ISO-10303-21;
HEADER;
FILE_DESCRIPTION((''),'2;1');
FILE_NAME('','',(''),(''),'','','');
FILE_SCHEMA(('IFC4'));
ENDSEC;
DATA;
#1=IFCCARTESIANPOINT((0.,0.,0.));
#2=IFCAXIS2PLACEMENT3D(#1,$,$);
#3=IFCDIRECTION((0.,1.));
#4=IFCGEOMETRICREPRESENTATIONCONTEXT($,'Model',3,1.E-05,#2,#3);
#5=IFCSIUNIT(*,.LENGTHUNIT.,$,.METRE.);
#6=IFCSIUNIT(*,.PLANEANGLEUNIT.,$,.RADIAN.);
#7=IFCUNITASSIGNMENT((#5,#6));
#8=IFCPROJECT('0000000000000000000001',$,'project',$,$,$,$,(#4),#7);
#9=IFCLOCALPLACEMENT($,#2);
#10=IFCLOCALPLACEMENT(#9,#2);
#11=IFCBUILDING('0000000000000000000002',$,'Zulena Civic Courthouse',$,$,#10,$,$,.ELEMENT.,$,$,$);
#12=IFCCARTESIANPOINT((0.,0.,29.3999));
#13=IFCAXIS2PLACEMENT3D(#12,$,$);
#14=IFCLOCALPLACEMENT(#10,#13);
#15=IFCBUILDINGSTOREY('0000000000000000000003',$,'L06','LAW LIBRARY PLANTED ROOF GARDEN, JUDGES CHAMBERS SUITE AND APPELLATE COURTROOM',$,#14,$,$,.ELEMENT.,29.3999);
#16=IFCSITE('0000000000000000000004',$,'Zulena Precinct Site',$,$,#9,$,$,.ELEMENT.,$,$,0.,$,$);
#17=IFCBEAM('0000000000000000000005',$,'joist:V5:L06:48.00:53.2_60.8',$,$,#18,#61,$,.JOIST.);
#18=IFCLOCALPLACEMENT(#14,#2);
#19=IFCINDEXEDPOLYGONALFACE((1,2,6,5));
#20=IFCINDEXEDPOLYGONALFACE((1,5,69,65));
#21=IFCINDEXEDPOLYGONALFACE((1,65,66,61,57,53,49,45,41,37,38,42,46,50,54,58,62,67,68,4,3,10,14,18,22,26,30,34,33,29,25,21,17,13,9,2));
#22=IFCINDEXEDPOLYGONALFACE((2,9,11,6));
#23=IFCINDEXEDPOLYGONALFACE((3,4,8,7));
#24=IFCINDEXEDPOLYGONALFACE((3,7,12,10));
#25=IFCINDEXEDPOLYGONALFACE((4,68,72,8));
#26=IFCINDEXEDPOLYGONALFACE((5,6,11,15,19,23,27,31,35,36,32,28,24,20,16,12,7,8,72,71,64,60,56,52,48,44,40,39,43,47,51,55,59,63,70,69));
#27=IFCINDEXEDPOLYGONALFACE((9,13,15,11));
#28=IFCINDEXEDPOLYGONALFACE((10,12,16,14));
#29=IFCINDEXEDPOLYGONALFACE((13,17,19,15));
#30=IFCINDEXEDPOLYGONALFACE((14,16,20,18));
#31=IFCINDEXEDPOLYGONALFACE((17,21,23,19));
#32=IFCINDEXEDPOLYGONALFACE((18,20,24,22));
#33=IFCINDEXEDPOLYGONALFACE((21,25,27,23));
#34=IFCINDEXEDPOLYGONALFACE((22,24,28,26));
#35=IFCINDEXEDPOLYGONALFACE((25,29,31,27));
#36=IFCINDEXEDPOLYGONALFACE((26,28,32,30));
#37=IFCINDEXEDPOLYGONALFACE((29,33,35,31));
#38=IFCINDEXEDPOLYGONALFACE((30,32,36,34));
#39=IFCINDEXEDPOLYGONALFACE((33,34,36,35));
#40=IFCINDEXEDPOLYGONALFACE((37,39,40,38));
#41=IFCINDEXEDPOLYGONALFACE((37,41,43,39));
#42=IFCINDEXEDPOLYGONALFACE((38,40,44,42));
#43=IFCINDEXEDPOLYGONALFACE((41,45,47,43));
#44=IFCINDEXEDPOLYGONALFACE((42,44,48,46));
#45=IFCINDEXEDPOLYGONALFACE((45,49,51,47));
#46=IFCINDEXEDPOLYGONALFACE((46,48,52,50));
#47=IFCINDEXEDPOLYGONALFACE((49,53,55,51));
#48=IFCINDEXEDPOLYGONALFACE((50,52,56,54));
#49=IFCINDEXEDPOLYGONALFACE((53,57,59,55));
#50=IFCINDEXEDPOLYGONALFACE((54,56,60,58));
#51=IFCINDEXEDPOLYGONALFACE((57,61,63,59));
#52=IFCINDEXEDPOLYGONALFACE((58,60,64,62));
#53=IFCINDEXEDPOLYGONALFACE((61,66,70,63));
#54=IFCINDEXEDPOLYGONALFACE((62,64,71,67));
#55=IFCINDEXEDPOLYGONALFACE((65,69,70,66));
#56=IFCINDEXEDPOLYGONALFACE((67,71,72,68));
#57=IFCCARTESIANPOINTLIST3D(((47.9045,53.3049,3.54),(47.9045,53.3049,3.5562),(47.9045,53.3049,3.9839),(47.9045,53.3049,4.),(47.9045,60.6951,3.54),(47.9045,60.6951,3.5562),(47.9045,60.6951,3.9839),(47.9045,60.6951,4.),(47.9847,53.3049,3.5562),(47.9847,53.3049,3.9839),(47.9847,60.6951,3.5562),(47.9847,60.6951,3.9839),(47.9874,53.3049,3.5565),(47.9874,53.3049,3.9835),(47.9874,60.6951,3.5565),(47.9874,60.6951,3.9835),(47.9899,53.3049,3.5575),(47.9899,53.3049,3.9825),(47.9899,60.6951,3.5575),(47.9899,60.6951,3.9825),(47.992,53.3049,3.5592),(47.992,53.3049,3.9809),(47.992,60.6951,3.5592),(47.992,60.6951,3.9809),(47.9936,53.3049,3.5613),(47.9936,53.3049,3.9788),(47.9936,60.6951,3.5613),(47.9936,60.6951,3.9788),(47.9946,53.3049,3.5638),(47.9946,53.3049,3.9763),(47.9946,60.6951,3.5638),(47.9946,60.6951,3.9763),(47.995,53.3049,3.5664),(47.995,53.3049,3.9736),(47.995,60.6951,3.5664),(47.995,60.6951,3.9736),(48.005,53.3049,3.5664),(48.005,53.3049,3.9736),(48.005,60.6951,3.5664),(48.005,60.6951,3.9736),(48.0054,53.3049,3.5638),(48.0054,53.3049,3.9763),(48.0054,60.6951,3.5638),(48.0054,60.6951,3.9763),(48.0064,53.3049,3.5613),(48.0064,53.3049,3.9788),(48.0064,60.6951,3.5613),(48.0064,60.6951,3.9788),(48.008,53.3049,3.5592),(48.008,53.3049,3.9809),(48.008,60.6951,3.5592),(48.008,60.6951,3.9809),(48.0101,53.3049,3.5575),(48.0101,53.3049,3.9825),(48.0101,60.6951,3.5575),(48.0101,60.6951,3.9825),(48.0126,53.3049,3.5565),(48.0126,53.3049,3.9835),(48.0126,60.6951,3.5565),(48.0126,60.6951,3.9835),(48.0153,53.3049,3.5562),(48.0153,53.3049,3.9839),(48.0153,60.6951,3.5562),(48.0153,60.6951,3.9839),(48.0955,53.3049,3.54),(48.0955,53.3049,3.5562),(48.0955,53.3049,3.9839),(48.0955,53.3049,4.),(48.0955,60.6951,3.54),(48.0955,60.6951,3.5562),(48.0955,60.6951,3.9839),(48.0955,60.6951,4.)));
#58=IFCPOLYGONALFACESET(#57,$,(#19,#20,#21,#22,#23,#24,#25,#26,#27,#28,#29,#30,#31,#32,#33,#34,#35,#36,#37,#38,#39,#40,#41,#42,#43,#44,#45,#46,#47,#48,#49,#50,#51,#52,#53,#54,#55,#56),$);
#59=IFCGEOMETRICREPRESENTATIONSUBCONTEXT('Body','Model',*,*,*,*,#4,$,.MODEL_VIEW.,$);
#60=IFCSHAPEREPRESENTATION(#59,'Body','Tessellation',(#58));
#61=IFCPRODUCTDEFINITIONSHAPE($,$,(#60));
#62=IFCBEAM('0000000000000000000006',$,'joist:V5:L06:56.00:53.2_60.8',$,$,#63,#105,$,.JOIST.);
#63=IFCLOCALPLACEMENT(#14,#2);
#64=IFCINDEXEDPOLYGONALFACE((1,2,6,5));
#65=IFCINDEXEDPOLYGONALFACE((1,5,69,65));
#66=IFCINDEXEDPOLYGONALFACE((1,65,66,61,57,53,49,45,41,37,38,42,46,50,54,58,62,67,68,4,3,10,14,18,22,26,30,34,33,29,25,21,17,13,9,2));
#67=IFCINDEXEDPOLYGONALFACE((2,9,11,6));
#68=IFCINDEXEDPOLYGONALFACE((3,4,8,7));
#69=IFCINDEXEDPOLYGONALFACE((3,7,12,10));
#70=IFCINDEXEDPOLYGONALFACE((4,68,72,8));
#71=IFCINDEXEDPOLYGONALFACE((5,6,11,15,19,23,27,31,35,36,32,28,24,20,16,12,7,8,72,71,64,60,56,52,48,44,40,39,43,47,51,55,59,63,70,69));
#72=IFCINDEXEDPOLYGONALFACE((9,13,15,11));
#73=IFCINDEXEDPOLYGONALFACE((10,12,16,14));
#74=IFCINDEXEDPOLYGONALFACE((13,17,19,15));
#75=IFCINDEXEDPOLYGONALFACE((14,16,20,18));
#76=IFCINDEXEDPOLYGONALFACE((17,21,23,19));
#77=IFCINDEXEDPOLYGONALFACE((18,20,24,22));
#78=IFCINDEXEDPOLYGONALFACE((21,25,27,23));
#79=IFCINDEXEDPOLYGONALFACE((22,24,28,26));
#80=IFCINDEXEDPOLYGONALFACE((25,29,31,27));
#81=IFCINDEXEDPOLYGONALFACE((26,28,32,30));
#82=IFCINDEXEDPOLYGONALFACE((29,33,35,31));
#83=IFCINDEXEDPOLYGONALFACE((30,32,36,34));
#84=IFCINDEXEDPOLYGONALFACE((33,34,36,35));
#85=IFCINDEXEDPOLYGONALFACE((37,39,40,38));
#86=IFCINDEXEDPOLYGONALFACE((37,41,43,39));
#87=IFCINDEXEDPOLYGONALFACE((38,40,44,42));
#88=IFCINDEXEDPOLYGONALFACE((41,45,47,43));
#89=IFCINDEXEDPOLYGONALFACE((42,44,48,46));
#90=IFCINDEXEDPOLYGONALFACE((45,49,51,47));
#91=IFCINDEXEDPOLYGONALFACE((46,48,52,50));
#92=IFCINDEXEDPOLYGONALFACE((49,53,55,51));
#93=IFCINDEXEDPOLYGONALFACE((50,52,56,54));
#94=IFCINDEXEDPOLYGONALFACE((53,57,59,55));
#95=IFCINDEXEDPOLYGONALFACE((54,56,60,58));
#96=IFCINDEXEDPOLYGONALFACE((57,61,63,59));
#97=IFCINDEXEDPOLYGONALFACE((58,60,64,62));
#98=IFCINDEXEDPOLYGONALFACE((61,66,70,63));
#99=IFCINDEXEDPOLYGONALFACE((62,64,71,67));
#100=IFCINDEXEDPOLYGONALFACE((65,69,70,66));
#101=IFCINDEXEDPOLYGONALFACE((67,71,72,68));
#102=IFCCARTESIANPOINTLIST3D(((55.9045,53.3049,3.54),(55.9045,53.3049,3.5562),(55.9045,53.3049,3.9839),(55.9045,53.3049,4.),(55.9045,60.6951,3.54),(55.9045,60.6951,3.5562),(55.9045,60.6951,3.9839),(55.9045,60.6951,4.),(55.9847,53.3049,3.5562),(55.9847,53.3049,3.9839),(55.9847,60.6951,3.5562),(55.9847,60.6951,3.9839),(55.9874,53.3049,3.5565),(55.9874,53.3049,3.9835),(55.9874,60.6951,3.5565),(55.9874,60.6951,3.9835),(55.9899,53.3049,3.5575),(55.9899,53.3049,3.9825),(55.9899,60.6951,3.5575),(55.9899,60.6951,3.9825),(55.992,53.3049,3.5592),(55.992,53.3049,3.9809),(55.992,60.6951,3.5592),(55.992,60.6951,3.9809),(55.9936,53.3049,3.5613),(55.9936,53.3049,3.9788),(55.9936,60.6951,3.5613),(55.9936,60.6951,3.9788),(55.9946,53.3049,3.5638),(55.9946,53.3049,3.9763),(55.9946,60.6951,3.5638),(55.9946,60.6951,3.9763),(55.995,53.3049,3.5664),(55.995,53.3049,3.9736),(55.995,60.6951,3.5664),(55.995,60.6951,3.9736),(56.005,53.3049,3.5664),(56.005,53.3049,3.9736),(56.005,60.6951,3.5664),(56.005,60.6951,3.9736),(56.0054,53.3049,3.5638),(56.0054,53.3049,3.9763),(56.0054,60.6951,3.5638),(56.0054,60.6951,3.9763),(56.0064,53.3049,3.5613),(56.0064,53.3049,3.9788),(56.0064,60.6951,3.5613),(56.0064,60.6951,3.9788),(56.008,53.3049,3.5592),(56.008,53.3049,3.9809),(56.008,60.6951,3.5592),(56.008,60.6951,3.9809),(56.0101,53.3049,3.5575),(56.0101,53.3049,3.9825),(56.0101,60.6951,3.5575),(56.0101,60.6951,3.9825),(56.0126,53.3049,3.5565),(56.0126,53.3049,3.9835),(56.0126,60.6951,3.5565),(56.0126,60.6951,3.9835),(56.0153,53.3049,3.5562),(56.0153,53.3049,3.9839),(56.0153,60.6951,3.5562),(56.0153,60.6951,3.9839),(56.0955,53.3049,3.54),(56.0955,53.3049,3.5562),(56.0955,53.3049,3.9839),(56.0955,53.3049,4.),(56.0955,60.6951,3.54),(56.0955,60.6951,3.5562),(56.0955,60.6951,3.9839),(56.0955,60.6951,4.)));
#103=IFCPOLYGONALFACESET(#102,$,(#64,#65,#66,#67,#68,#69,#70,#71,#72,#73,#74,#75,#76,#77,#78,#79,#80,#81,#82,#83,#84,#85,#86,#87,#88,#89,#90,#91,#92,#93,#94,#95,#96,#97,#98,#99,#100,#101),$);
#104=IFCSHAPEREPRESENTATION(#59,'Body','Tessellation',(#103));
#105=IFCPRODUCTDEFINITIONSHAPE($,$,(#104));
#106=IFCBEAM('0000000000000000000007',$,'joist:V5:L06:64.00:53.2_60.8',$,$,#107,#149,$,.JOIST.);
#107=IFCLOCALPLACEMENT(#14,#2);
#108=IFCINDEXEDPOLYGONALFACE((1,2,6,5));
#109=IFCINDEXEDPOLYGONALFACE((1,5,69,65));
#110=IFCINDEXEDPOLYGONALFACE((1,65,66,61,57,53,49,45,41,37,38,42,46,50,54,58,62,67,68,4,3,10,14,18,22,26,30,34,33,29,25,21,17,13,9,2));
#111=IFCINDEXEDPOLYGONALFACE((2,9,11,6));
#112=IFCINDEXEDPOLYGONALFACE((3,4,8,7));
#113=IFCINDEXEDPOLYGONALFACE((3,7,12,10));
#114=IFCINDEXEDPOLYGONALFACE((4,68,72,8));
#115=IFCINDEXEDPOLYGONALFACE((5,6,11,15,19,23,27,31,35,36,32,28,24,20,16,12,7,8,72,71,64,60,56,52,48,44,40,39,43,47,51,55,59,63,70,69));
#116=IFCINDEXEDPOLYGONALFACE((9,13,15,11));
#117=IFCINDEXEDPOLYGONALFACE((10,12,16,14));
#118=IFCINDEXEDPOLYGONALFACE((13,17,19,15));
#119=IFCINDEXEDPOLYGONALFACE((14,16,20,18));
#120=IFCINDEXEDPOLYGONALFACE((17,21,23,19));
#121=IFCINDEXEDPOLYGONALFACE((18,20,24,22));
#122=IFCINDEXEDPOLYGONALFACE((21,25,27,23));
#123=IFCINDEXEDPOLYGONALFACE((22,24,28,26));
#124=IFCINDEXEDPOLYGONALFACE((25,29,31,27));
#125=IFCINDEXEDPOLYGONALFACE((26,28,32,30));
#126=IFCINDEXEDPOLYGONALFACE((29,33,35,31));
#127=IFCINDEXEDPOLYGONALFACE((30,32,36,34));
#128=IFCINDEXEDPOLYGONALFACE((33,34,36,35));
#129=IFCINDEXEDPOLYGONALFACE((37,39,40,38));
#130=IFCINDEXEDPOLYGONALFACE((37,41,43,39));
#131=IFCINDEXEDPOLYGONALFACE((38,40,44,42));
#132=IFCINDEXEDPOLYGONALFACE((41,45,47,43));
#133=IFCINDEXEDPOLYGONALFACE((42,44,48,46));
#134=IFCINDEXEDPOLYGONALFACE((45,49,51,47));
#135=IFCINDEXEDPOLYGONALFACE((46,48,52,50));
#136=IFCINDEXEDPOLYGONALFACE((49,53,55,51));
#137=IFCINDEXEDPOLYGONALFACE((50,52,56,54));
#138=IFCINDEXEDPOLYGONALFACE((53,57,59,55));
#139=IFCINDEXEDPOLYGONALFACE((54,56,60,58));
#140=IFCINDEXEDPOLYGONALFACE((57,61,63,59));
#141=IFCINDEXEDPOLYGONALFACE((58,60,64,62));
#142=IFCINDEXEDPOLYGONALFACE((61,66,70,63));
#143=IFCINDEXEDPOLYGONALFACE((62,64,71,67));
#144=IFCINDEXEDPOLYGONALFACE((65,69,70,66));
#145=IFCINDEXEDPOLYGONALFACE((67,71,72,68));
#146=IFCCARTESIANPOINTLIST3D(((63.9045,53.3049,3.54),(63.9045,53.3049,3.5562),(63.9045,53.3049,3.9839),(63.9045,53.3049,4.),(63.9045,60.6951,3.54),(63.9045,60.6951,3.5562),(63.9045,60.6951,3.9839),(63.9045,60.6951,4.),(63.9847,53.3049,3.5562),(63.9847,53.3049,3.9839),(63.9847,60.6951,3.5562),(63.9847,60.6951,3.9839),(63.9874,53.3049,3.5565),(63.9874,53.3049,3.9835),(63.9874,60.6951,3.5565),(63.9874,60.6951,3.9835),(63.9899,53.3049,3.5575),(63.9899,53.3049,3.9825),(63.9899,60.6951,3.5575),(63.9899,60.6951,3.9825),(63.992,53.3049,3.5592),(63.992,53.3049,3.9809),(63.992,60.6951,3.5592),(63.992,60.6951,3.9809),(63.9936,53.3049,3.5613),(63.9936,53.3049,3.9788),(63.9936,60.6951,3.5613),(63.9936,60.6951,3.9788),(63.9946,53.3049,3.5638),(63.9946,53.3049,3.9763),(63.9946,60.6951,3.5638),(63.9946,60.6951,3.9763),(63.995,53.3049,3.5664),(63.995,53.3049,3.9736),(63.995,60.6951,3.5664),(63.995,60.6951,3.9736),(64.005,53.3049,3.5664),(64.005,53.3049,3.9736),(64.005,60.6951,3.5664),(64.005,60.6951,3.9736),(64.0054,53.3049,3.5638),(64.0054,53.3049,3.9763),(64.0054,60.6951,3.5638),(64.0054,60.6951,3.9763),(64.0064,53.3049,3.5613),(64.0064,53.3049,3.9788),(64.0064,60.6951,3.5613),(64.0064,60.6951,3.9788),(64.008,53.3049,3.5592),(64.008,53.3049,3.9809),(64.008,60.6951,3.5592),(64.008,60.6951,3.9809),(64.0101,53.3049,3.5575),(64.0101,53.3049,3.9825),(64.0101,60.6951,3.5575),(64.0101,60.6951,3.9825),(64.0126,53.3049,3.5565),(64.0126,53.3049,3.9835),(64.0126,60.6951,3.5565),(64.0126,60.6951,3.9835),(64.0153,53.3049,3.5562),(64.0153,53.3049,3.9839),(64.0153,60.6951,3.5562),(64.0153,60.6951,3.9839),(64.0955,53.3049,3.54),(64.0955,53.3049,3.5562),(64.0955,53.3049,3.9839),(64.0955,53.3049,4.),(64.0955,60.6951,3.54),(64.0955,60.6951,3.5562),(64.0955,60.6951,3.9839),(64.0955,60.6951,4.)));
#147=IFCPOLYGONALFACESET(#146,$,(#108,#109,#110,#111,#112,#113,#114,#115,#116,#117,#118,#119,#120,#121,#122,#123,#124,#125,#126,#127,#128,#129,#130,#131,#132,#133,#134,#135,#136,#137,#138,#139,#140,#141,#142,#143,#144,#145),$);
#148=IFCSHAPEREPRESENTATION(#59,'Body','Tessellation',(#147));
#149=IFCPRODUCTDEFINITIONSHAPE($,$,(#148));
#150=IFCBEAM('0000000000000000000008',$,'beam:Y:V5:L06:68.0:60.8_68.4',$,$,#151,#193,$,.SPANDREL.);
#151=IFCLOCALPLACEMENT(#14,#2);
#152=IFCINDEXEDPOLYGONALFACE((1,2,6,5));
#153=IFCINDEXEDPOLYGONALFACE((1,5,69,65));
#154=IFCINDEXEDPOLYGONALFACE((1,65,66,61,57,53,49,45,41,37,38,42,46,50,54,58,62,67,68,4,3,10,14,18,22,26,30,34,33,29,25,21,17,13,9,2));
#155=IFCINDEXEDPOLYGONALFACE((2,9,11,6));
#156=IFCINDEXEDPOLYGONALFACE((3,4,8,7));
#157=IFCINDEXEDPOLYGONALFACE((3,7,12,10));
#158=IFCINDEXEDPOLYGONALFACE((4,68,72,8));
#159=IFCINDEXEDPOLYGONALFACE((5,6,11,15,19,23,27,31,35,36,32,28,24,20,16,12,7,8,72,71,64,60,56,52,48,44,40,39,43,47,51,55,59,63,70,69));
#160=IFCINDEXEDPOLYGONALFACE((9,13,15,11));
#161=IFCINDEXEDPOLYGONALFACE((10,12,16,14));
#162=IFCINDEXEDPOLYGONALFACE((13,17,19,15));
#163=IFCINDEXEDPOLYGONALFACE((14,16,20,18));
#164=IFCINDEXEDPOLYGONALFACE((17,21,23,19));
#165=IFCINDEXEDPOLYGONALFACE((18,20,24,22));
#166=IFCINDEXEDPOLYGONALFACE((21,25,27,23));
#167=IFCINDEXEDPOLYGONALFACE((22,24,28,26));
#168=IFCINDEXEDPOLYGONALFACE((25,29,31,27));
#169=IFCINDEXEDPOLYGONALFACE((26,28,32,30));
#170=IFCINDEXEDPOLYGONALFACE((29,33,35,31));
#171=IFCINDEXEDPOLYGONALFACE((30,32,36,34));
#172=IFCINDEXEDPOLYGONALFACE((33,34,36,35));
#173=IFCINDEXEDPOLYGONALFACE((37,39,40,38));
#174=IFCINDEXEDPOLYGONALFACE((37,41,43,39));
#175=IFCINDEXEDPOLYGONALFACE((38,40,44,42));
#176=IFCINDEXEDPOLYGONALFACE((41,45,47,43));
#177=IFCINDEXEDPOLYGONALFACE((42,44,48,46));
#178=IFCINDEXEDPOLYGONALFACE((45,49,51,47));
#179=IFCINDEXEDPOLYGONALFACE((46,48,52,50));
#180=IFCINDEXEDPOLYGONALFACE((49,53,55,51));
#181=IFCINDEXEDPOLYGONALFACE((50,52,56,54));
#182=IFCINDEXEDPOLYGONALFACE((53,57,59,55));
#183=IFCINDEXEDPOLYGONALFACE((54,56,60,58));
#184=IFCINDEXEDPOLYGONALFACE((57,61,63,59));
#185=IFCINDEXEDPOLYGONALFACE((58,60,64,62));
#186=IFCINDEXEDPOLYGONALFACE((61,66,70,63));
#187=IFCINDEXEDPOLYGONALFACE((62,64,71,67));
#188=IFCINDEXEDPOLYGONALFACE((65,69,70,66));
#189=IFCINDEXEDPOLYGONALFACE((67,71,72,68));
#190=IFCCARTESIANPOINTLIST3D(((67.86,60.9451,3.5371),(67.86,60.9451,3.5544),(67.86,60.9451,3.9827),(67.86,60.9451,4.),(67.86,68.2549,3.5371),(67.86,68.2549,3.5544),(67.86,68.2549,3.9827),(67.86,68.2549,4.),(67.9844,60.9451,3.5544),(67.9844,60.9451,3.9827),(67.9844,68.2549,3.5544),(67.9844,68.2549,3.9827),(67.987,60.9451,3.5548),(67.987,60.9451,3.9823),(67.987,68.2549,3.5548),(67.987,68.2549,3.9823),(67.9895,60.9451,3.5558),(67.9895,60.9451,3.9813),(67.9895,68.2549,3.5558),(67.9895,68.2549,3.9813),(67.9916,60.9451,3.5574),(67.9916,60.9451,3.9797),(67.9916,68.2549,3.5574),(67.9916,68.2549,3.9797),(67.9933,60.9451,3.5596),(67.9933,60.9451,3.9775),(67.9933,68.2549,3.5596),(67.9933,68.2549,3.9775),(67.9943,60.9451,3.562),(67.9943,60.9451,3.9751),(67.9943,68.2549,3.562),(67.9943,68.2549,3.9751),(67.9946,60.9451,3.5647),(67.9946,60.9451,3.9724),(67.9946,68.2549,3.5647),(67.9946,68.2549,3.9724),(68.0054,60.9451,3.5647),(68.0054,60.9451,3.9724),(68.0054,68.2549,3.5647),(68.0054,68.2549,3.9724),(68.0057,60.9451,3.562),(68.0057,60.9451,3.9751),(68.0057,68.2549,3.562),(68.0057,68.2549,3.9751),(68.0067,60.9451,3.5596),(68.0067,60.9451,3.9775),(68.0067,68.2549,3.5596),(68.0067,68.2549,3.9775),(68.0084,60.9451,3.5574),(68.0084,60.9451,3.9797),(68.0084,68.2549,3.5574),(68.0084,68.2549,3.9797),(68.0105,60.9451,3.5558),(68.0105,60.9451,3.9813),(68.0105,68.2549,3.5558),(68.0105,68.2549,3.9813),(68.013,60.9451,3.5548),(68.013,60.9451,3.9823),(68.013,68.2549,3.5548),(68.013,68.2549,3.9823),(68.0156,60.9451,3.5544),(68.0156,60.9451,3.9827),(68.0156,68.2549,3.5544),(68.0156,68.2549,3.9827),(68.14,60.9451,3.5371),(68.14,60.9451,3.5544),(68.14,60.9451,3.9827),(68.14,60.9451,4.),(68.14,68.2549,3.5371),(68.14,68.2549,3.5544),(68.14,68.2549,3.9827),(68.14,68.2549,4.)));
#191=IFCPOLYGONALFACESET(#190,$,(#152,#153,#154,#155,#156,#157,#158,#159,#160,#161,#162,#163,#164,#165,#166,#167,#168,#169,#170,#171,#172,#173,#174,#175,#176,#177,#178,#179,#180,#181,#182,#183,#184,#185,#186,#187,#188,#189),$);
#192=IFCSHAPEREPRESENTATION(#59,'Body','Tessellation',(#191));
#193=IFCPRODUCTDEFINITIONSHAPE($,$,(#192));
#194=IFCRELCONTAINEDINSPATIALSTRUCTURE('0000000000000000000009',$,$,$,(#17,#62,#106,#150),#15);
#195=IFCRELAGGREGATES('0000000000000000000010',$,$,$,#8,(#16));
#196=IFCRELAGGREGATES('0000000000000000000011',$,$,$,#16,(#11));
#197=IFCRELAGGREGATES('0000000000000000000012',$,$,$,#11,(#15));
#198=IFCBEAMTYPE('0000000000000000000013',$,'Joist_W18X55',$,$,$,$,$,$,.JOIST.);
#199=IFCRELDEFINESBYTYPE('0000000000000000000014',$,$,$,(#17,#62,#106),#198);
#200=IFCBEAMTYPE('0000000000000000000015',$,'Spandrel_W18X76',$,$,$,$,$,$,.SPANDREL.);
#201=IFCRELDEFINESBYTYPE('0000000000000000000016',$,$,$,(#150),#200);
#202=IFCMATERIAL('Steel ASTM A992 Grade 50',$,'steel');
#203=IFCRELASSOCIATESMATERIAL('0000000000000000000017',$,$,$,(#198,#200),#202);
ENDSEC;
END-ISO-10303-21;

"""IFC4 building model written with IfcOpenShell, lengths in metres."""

from ifc_helpers import new_model, si_unit, direction, frame, origin, origin_2d, place, context, subcontext, project, spatial, i_section, extrude, material, material_profile, profile_set, type_object, element, save


model = new_model("IFC4")

# Units and contexts
model_context = context("Model", 3, precision=1e-05, world=origin(), true_north=direction((0.0, 1.0)))
body_context = subcontext(model_context, "Body", "Model", "MODEL_VIEW")
ifc_project = project(units=[si_unit("LENGTHUNIT", "METRE"), si_unit("PLANEANGLEUNIT", "RADIAN")], contexts=[model_context])

# Site, building, storey
site_placement = place(None, origin())
site = spatial("IfcSite", under=ifc_project, at=site_placement, Name="Zulena Precinct Site", CompositionType="ELEMENT", RefElevation=0.0)
building_placement = place(site_placement, origin())
building = spatial("IfcBuilding", under=site, at=building_placement, Name="Zulena Civic Courthouse", CompositionType="ELEMENT")
storey_placement = place(building_placement, frame((0.0, 0.0, 29.3999)))
storey = spatial("IfcBuildingStorey", under=building, at=storey_placement, Name="L06", Description="LAW LIBRARY PLANTED ROOF GARDEN, JUDGES CHAMBERS SUITE AND APPELLATE COURTROOM", CompositionType="ELEMENT", Elevation=29.3999)

# Shared definitions
ifc_material_1 = material(Name="Steel ASTM A992 Grade 50", Category="steel")

# Beams
ifc_material_profile_1 = material_profile(ifc_material_1, i_section(OverallWidth=0.1909, OverallDepth=0.46, WebThickness=0.01, FlangeThickness=0.0161, FilletRadius=0.0103, at=origin_2d()), Name="W18X55")
ifc_profile_set_1 = profile_set([ifc_material_profile_1], Name="Steel ASTM A992 Grade 50")
beam_type_1 = type_object("IfcBeamType", Name="Joist_W18X55", PredefinedType="JOIST", material=ifc_profile_set_1)
for number, where, z_axis, x_axis, name in (
    (1, (48.0, 53.3049, 3.77), (0.0, 1.0, 0.0), (-1.0, 0.0, 0.0), "joist:V5:L06:48.00:53.2_60.8"),
    (2, (56.0, 53.3049, 3.77), (0.0, 1.0, 0.0), (-1.0, 0.0, 0.0), "joist:V5:L06:56.00:53.2_60.8"),
    (3, (64.0, 53.3049, 3.77), (0.0, 1.0, 0.0), (-1.0, 0.0, 0.0), "joist:V5:L06:64.00:53.2_60.8"),
):
    element("IfcBeam", number, at=place(storey_placement, frame(where, z_axis=z_axis, x_axis=x_axis)), inside=storey, type_object=beam_type_1, Name=name, PredefinedType="JOIST", context=body_context, shape_type="SweptSolid", body=[
        extrude(i_section(OverallWidth=0.1909, OverallDepth=0.46, WebThickness=0.01, FlangeThickness=0.0161, FilletRadius=0.0103, at=origin_2d()), origin(), (0.0, 0.0, 1.0), 7.3901),
    ])
ifc_material_profile_2 = material_profile(ifc_material_1, i_section(OverallWidth=0.28, OverallDepth=0.4629, WebThickness=0.0107, FlangeThickness=0.0173, FilletRadius=0.0103, at=origin_2d()), Name="W18X76")
ifc_profile_set_2 = profile_set([ifc_material_profile_2], Name="Steel ASTM A992 Grade 50")
beam_type_2 = type_object("IfcBeamType", Name="Spandrel_W18X76", PredefinedType="SPANDREL", material=ifc_profile_set_2)
beam_placement = place(storey_placement, frame((68.0, 60.9451, 3.7686), z_axis=(0.0, 1.0, 0.0), x_axis=(-1.0, 0.0, 0.0)))
element("IfcBeam", 4, at=beam_placement, inside=storey, type_object=beam_type_2, Name="beam:Y:V5:L06:68.0:60.8_68.4", PredefinedType="SPANDREL", context=body_context, shape_type="SweptSolid", body=[
    extrude(i_section(OverallWidth=0.28, OverallDepth=0.4629, WebThickness=0.0107, FlangeThickness=0.0173, FilletRadius=0.0103, at=origin_2d()), origin(), (0.0, 0.0, 1.0), 7.3098),
])

save(model, "model.ifc")
